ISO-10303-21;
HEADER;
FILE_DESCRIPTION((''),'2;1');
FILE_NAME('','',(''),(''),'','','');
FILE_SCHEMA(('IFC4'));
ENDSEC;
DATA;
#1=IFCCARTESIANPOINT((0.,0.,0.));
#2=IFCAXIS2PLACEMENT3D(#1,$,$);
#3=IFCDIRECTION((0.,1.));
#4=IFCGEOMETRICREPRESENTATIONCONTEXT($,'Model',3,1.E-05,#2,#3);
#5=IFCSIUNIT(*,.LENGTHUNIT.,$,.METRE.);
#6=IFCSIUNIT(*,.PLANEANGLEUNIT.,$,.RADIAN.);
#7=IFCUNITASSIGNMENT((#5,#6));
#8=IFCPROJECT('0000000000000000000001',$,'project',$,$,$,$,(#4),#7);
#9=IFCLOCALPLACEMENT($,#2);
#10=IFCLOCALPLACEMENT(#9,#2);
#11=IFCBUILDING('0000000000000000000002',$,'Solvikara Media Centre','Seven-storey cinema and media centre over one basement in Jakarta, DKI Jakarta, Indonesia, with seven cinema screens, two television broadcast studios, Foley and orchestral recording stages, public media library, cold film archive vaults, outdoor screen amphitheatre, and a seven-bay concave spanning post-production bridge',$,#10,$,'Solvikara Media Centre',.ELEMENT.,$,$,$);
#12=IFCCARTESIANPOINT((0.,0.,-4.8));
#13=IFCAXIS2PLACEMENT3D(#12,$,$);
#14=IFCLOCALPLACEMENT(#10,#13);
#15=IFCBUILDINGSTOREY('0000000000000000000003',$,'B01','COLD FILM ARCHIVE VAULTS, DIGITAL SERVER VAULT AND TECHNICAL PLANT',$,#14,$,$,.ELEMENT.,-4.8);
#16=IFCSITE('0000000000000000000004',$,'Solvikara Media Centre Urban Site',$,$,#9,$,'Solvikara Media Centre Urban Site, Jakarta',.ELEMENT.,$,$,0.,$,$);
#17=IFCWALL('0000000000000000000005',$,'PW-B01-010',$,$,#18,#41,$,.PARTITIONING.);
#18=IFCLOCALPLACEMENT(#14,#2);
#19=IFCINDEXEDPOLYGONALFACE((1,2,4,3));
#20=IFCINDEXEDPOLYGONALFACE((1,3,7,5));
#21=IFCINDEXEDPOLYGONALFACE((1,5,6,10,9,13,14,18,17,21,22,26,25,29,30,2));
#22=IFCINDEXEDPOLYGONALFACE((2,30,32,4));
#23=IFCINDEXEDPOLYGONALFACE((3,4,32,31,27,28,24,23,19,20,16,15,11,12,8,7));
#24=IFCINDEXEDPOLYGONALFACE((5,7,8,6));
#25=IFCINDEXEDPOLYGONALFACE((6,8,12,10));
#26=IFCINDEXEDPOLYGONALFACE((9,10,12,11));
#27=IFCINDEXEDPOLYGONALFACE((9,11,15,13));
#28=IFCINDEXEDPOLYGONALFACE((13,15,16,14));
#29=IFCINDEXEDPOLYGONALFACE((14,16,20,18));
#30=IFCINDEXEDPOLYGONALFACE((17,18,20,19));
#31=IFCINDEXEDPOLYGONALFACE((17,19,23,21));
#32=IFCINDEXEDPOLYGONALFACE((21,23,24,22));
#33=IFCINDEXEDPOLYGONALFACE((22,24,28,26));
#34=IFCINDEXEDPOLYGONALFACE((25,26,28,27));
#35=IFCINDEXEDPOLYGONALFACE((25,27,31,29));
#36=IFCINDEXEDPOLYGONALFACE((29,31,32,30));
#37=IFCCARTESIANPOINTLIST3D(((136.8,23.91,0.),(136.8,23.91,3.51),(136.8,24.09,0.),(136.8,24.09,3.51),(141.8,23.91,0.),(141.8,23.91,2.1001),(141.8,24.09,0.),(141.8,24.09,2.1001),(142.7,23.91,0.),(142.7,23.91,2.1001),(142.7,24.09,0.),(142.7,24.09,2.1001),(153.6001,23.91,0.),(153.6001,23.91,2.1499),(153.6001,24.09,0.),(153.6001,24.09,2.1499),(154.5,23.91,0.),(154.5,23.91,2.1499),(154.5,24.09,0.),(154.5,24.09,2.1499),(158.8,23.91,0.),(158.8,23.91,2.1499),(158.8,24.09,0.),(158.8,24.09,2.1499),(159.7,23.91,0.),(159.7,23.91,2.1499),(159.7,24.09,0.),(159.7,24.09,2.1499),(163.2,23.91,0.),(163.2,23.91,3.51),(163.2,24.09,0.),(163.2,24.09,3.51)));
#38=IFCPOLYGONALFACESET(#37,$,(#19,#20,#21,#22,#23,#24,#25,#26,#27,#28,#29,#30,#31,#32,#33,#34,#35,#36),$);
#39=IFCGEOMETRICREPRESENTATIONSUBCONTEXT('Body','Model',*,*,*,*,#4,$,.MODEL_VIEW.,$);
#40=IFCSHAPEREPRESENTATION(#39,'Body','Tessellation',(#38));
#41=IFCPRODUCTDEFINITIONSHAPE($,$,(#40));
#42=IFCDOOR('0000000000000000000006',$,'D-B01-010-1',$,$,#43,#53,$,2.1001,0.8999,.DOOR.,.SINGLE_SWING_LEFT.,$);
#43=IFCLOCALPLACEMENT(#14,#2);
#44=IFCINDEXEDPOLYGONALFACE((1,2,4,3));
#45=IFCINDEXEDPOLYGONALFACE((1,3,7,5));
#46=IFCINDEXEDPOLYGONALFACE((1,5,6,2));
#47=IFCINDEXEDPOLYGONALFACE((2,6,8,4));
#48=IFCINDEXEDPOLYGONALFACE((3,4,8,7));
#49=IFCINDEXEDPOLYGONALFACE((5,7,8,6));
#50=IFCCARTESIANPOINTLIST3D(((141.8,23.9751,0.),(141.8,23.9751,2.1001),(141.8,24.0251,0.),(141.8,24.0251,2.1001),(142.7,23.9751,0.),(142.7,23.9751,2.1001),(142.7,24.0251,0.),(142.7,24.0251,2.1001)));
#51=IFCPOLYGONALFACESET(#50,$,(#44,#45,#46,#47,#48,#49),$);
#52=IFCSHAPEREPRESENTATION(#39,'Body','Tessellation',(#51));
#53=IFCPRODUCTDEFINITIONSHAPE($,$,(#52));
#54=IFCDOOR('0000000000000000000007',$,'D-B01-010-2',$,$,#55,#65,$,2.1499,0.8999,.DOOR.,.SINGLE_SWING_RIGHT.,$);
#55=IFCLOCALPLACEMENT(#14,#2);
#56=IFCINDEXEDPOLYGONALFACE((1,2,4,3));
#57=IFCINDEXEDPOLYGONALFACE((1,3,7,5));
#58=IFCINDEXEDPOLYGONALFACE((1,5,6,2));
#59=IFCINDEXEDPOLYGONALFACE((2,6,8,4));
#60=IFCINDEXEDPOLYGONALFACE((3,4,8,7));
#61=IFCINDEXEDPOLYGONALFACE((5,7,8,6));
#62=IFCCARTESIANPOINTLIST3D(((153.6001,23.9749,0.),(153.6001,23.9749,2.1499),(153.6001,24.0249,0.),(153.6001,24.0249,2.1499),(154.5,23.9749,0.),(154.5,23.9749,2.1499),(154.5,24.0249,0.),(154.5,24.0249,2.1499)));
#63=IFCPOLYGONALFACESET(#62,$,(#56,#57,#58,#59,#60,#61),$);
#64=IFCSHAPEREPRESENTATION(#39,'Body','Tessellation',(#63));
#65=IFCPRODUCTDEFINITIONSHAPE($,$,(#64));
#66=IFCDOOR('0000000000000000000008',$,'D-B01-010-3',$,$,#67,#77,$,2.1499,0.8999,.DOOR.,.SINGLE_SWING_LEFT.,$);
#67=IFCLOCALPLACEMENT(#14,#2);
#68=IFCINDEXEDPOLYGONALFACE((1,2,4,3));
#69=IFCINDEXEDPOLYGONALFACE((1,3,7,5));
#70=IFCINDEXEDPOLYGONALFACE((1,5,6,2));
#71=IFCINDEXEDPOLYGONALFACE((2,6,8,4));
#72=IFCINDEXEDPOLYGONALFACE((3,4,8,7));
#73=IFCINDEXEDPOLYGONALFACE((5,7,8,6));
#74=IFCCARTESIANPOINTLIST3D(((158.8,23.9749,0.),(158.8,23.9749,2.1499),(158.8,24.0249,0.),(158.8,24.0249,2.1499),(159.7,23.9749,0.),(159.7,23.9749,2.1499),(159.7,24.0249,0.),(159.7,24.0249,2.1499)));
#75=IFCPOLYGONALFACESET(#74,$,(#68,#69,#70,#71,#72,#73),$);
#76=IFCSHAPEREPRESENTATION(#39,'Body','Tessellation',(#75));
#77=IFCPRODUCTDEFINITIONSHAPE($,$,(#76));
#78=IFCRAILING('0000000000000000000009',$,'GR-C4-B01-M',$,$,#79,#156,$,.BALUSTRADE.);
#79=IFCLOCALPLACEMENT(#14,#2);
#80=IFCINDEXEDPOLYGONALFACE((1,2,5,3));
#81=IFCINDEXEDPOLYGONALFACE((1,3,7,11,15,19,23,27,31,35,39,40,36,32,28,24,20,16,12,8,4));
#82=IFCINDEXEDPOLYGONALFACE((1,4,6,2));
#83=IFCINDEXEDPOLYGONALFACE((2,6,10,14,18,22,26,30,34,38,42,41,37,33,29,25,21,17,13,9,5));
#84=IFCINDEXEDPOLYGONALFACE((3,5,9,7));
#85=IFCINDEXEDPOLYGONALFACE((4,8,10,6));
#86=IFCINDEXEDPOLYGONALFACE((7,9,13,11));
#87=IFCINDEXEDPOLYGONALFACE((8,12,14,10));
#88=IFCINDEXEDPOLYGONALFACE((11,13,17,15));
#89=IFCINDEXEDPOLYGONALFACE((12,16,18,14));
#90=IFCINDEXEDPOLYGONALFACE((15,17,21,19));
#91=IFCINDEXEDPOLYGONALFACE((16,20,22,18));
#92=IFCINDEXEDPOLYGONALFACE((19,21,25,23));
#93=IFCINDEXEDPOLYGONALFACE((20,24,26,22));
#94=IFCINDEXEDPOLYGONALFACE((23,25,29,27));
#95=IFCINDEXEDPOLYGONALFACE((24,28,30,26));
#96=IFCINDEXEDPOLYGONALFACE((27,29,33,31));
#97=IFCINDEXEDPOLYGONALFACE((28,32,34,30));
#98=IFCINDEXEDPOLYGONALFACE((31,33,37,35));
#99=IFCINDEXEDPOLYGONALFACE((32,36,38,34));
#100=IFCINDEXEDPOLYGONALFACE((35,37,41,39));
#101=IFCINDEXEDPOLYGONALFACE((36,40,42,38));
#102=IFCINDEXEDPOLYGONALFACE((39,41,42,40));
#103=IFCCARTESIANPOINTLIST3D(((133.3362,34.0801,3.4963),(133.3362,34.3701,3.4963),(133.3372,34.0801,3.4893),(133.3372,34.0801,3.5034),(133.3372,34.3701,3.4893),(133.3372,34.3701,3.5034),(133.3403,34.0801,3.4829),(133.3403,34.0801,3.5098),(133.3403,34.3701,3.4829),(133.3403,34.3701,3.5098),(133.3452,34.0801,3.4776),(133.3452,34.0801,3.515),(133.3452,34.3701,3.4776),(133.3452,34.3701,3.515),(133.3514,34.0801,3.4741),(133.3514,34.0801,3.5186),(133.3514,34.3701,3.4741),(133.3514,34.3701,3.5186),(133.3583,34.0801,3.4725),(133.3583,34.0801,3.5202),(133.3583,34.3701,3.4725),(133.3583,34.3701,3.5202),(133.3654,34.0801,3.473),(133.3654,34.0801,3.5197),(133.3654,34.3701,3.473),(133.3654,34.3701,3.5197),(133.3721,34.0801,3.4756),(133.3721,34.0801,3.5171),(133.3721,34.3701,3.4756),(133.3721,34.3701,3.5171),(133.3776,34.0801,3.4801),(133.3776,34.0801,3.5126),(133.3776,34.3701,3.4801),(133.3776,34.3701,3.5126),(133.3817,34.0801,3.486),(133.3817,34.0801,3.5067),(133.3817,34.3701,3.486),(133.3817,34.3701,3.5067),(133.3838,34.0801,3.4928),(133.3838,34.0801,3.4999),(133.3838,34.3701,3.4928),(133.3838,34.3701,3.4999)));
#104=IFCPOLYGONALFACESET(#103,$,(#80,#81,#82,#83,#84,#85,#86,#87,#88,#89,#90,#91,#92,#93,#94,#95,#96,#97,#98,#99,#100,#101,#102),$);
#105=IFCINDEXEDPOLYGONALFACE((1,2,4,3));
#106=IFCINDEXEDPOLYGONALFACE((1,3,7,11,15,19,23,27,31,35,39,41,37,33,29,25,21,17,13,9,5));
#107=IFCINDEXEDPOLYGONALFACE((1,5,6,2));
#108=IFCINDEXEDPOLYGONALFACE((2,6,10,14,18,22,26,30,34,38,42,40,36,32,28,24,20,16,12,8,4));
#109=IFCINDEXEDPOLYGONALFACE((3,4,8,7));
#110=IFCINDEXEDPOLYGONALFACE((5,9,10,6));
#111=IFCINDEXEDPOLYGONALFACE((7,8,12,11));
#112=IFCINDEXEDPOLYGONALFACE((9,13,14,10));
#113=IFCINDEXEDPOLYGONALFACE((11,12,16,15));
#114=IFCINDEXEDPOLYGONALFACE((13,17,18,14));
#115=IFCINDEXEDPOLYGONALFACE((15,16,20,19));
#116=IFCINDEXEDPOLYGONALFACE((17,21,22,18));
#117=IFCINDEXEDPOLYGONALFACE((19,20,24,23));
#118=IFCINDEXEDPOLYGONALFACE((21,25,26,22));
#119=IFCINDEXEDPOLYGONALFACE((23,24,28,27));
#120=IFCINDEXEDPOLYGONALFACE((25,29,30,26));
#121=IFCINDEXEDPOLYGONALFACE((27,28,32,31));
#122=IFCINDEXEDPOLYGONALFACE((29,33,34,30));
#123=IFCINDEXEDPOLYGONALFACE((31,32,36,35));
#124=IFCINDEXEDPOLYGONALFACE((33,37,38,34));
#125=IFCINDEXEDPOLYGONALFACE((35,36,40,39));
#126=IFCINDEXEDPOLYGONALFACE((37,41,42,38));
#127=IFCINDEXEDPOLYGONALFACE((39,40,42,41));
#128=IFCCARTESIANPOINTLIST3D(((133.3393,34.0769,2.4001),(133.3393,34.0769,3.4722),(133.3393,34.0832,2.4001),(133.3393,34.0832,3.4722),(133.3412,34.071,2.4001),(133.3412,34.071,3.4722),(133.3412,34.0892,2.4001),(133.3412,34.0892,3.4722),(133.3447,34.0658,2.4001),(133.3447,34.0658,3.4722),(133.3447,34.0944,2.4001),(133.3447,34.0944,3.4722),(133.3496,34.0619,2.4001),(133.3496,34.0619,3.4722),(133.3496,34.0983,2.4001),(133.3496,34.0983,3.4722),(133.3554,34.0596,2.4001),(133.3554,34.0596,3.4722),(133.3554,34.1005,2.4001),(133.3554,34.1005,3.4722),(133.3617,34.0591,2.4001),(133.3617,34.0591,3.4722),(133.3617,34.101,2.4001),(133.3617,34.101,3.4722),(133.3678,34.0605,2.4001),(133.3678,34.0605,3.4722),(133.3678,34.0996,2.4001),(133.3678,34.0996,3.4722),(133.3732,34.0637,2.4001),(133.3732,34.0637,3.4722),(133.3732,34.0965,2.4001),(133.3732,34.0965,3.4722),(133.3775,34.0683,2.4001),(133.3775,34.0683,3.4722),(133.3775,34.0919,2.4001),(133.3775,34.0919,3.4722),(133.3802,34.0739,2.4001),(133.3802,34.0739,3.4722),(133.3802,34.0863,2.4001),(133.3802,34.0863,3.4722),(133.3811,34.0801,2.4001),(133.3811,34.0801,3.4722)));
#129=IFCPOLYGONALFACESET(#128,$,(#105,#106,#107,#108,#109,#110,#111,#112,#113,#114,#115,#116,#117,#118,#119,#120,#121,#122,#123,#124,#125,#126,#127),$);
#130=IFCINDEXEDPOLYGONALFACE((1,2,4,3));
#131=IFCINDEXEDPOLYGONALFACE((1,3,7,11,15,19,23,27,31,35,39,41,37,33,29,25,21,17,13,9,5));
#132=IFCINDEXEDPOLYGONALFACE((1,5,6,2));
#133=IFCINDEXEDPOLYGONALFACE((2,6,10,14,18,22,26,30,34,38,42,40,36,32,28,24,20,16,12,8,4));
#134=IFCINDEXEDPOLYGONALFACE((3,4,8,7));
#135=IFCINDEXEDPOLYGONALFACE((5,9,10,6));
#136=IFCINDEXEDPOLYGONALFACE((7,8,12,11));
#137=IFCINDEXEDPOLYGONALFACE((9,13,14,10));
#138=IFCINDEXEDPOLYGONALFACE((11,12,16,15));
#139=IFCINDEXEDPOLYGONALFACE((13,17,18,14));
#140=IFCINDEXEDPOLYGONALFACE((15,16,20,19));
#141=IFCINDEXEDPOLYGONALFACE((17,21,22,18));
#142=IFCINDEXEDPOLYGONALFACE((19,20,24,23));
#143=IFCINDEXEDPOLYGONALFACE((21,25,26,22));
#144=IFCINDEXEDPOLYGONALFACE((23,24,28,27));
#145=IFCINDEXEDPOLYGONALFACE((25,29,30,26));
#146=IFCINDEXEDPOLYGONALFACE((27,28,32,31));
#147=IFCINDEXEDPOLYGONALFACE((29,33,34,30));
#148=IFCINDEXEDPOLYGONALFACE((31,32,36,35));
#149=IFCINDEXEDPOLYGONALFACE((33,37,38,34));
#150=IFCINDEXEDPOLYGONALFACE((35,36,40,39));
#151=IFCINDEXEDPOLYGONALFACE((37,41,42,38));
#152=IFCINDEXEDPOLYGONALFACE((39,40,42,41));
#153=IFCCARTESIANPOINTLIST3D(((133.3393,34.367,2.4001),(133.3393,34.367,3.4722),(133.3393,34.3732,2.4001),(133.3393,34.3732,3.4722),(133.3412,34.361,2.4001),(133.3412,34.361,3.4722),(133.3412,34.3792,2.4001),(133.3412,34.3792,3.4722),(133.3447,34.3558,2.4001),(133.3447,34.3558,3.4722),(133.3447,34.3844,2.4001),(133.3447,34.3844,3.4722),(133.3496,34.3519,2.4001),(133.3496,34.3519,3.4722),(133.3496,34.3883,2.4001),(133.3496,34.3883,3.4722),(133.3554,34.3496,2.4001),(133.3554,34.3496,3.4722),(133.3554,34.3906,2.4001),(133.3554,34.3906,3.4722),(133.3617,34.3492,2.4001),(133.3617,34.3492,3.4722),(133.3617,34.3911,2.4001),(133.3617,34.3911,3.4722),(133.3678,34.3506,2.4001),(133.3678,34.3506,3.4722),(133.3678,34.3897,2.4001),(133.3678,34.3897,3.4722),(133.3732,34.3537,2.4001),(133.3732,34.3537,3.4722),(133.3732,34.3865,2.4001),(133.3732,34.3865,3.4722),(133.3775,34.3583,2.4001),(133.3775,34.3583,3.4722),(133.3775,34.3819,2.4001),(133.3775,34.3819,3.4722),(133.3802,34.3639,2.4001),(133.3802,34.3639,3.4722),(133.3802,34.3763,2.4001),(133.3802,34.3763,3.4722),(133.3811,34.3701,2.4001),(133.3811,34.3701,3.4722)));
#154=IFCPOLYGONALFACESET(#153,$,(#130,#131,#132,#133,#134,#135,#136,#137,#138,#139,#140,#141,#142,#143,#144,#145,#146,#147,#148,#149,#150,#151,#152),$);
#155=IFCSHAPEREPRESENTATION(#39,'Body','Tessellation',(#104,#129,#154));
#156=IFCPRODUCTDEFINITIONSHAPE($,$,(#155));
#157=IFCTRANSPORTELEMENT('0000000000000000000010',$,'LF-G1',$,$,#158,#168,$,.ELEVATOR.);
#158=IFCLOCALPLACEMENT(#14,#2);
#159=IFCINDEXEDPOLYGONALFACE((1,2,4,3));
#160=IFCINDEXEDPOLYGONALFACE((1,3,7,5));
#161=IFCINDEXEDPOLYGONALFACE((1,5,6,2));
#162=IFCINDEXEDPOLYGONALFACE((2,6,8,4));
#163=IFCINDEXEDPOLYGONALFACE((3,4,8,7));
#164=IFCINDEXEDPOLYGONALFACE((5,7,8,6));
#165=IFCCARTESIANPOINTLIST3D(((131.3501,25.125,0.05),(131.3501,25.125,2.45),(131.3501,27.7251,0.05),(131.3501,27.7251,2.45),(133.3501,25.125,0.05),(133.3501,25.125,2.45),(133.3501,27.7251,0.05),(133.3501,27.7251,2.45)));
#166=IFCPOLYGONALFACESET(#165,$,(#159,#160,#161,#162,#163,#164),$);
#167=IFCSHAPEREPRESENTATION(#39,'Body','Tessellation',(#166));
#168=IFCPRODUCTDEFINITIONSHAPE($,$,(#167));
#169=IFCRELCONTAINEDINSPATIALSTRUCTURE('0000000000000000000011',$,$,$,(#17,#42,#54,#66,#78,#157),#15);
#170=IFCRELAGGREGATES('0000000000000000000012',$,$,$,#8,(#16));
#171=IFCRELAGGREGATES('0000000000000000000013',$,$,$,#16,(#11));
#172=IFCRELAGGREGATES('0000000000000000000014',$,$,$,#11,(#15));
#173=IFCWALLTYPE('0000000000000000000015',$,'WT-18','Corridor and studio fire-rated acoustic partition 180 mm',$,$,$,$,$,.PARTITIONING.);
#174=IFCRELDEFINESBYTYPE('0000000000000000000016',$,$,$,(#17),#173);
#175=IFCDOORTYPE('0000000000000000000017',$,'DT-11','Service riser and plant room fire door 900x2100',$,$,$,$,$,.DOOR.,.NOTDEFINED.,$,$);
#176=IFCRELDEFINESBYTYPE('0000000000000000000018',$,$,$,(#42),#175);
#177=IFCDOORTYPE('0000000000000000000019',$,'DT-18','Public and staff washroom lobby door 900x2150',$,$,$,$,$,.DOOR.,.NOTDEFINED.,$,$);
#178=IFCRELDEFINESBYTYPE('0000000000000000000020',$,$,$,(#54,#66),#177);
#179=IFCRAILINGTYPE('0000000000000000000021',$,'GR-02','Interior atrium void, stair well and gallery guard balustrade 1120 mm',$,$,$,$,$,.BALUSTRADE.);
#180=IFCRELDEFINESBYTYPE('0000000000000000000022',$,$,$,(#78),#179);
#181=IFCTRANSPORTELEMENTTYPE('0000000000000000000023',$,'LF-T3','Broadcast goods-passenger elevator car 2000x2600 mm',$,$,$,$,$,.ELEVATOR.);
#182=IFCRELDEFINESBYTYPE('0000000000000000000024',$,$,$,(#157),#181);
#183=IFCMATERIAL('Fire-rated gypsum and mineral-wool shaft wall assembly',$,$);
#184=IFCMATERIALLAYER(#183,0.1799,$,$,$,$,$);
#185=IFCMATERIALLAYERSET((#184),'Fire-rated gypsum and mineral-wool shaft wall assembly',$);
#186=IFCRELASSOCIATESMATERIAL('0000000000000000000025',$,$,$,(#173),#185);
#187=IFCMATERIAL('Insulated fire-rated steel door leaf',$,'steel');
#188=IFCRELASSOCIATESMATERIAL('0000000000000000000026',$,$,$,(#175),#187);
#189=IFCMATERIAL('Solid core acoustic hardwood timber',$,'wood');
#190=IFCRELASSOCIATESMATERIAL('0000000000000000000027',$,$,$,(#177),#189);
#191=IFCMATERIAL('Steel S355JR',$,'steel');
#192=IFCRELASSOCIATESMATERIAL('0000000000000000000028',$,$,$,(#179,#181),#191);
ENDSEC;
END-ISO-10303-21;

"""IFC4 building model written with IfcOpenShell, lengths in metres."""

from ifc_helpers import new_model, si_unit, direction, frame, frame_2d, origin, origin_2d, place, context, subcontext, project, spatial, rectangle, circle, extrude, material, layer, layer_set, type_object, element, fill, save


model = new_model("IFC4")

# Units and contexts
model_context = context("Model", 3, precision=1e-05, world=origin(), true_north=direction((0.0, 1.0)))
body_context = subcontext(model_context, "Body", "Model", "MODEL_VIEW")
ifc_project = project(units=[si_unit("LENGTHUNIT", "METRE"), si_unit("PLANEANGLEUNIT", "RADIAN")], contexts=[model_context])

# Site, building, storey
site_placement = place(None, origin())
site = spatial("IfcSite", under=ifc_project, at=site_placement, Name="Solvikara Media Centre Urban Site", LongName="Solvikara Media Centre Urban Site, Jakarta", CompositionType="ELEMENT", RefElevation=0.0)
building_placement = place(site_placement, origin())
building = spatial("IfcBuilding", under=site, at=building_placement, Name="Solvikara Media Centre", Description="Seven-storey cinema and media centre over one basement in Jakarta, DKI Jakarta, Indonesia, with seven cinema screens, two television broadcast studios, Foley and orchestral recording stages, public media library, cold film archive vaults, outdoor screen amphitheatre, and a seven-bay concave spanning post-production bridge", LongName="Solvikara Media Centre", CompositionType="ELEMENT")
storey_placement = place(building_placement, frame((0.0, 0.0, -4.8)))
storey = spatial("IfcBuildingStorey", under=building, at=storey_placement, Name="B01", Description="COLD FILM ARCHIVE VAULTS, DIGITAL SERVER VAULT AND TECHNICAL PLANT", CompositionType="ELEMENT", Elevation=-4.8)

# Shared definitions
ifc_material_1 = material(Name="Fire-rated gypsum and mineral-wool shaft wall assembly")

# Shared definitions
ifc_material_2 = material(Name="Insulated fire-rated steel door leaf", Category="steel")

# Wall, openings, doors
ifc_layer_1 = layer(ifc_material_1, 0.1799)
ifc_layer_set_1 = layer_set([ifc_layer_1], Name="Fire-rated gypsum and mineral-wool shaft wall assembly")
wall_type_1 = type_object("IfcWallType", Name="WT-18", Description="Corridor and studio fire-rated acoustic partition 180 mm", PredefinedType="PARTITIONING", material=ifc_layer_set_1)
wall_1_placement = place(storey_placement, frame((136.8, 24.0, 0.0), z_axis=(0.0, 0.0, 1.0), x_axis=(1.0, 0.0, 0.0)))
wall_1 = element("IfcWall", 1, at=wall_1_placement, inside=storey, type_object=wall_type_1, Name="PW-B01-010", PredefinedType="PARTITIONING", context=body_context, shape_type="SweptSolid", body=[
    extrude(rectangle(XDim=26.3999, YDim=0.1799, at=frame_2d((13.2, 0.0))), origin(), (0.0, 0.0, 1.0), 3.51),
])
opening_1_placement = place(wall_1_placement, frame((5.0, 0.0, 0.0)))
opening_1 = element("IfcOpeningElement", 2, at=opening_1_placement, cuts=wall_1, PredefinedType="OPENING", context=body_context, shape_type="SweptSolid", body=[
    extrude(rectangle(XDim=0.8999, YDim=2.1001, at=frame_2d((0.45, 1.05))), frame((0.0, 0.1021, 0.0), z_axis=(0.0, -1.0, 0.0), x_axis=(1.0, 0.0, 0.0)), (0.0, 0.0, 1.0), 0.2039),
])
opening_2_placement = place(wall_1_placement, frame((16.8, 0.0, 0.0)))
opening_2 = element("IfcOpeningElement", 3, at=opening_2_placement, cuts=wall_1, PredefinedType="OPENING", context=body_context, shape_type="SweptSolid", body=[
    extrude(rectangle(XDim=0.8999, YDim=2.1499, at=frame_2d((0.45, 1.075))), frame((0.0, 0.1021, 0.0), z_axis=(0.0, -1.0, 0.0), x_axis=(1.0, 0.0, 0.0)), (0.0, 0.0, 1.0), 0.2039),
])
opening_3_placement = place(wall_1_placement, frame((22.0, 0.0, 0.0)))
opening_3 = element("IfcOpeningElement", 4, at=opening_3_placement, cuts=wall_1, PredefinedType="OPENING", context=body_context, shape_type="SweptSolid", body=[
    extrude(rectangle(XDim=0.8999, YDim=2.1499, at=frame_2d((0.45, 1.075))), frame((0.0, 0.1021, 0.0), z_axis=(0.0, -1.0, 0.0), x_axis=(1.0, 0.0, 0.0)), (0.0, 0.0, 1.0), 0.2039),
])
door_type_1 = type_object("IfcDoorType", Name="DT-11", Description="Service riser and plant room fire door 900x2100", OperationType="NOTDEFINED", PredefinedType="DOOR", material=ifc_material_2)
door_1_placement = place(opening_1_placement, frame((0.8999, 0.0, 0.0), z_axis=(0.0, 0.0, 1.0), x_axis=(-1.0, 0.0, 0.0)))
door_1 = element("IfcDoor", 5, at=door_1_placement, inside=storey, type_object=door_type_1, Name="D-B01-010-1", OperationType="SINGLE_SWING_LEFT", OverallHeight=2.1001, OverallWidth=0.8999, PredefinedType="DOOR", context=body_context, shape_type="SweptSolid", body=[
    extrude(rectangle(XDim=0.8999, YDim=2.1001, at=frame_2d((0.45, 1.05))), frame((0.0, 0.0249, 0.0), z_axis=(0.0, -1.0, 0.0), x_axis=(1.0, 0.0, 0.0)), (0.0, 0.0, 1.0), 0.05),
])
fill(opening_1, door_1)
ifc_material_3 = material(Name="Solid core acoustic hardwood timber", Category="wood")
door_type_2 = type_object("IfcDoorType", Name="DT-18", Description="Public and staff washroom lobby door 900x2150", OperationType="NOTDEFINED", PredefinedType="DOOR", material=ifc_material_3)
door_2_placement = place(opening_2_placement, origin())
door_2 = element("IfcDoor", 6, at=door_2_placement, inside=storey, type_object=door_type_2, Name="D-B01-010-2", OperationType="SINGLE_SWING_RIGHT", OverallHeight=2.1499, OverallWidth=0.8999, PredefinedType="DOOR", context=body_context, shape_type="SweptSolid", body=[
    extrude(rectangle(XDim=0.8999, YDim=2.1499, at=frame_2d((0.45, 1.075))), frame((0.0, 0.0249, 0.0), z_axis=(0.0, -1.0, 0.0), x_axis=(1.0, 0.0, 0.0)), (0.0, 0.0, 1.0), 0.05),
])
fill(opening_2, door_2)
door_3_placement = place(opening_3_placement, origin())
door_3 = element("IfcDoor", 7, at=door_3_placement, inside=storey, type_object=door_type_2, Name="D-B01-010-3", OperationType="SINGLE_SWING_LEFT", OverallHeight=2.1499, OverallWidth=0.8999, PredefinedType="DOOR", context=body_context, shape_type="SweptSolid", body=[
    extrude(rectangle(XDim=0.8999, YDim=2.1499, at=frame_2d((0.45, 1.075))), frame((0.0, 0.0249, 0.0), z_axis=(0.0, -1.0, 0.0), x_axis=(1.0, 0.0, 0.0)), (0.0, 0.0, 1.0), 0.05),
])
fill(opening_3, door_3)

# Railing
ifc_material_4 = material(Name="Steel S355JR", Category="steel")
railing_type = type_object("IfcRailingType", Name="GR-02", Description="Interior atrium void, stair well and gallery guard balustrade 1120 mm", PredefinedType="BALUSTRADE", material=ifc_material_4)
railing_placement = place(storey_placement, frame((133.3601, 34.0801, 2.4001)))
element("IfcRailing", 8, at=railing_placement, inside=storey, type_object=railing_type, Name="GR-C4-B01-M", PredefinedType="BALUSTRADE", context=body_context, shape_type="SweptSolid", body=[
    extrude(circle(Radius=0.0239, at=origin_2d()), frame((0.0, 0.0, 1.0962), z_axis=(0.0, 1.0, 0.0), x_axis=(-1.0, 0.0, 0.0)), (0.0, 0.0, 1.0), 0.29),
    extrude(circle(Radius=0.021, at=origin_2d()), origin(), (0.0, 0.0, 1.0), 1.072),
    extrude(circle(Radius=0.021, at=origin_2d()), frame((0.0, 0.29, 0.0)), (0.0, 0.0, 1.0), 1.072),
])

# Transport element
transport_element_type = type_object("IfcTransportElementType", Name="LF-T3", Description="Broadcast goods-passenger elevator car 2000x2600 mm", PredefinedType="ELEVATOR", material=ifc_material_4)
transport_element_placement = place(storey_placement, frame((132.3501, 26.425, 0.05), z_axis=(0.0, 0.0, 1.0), x_axis=(1.0, 0.0, 0.0)))
element("IfcTransportElement", 9, at=transport_element_placement, inside=storey, type_object=transport_element_type, Name="LF-G1", PredefinedType="ELEVATOR", context=body_context, shape_type="SweptSolid", body=[
    extrude(rectangle(XDim=2.0, YDim=2.6001, at=origin_2d()), origin(), (0.0, 0.0, 1.0), 2.3999),
])

save(model, "model.ifc")
